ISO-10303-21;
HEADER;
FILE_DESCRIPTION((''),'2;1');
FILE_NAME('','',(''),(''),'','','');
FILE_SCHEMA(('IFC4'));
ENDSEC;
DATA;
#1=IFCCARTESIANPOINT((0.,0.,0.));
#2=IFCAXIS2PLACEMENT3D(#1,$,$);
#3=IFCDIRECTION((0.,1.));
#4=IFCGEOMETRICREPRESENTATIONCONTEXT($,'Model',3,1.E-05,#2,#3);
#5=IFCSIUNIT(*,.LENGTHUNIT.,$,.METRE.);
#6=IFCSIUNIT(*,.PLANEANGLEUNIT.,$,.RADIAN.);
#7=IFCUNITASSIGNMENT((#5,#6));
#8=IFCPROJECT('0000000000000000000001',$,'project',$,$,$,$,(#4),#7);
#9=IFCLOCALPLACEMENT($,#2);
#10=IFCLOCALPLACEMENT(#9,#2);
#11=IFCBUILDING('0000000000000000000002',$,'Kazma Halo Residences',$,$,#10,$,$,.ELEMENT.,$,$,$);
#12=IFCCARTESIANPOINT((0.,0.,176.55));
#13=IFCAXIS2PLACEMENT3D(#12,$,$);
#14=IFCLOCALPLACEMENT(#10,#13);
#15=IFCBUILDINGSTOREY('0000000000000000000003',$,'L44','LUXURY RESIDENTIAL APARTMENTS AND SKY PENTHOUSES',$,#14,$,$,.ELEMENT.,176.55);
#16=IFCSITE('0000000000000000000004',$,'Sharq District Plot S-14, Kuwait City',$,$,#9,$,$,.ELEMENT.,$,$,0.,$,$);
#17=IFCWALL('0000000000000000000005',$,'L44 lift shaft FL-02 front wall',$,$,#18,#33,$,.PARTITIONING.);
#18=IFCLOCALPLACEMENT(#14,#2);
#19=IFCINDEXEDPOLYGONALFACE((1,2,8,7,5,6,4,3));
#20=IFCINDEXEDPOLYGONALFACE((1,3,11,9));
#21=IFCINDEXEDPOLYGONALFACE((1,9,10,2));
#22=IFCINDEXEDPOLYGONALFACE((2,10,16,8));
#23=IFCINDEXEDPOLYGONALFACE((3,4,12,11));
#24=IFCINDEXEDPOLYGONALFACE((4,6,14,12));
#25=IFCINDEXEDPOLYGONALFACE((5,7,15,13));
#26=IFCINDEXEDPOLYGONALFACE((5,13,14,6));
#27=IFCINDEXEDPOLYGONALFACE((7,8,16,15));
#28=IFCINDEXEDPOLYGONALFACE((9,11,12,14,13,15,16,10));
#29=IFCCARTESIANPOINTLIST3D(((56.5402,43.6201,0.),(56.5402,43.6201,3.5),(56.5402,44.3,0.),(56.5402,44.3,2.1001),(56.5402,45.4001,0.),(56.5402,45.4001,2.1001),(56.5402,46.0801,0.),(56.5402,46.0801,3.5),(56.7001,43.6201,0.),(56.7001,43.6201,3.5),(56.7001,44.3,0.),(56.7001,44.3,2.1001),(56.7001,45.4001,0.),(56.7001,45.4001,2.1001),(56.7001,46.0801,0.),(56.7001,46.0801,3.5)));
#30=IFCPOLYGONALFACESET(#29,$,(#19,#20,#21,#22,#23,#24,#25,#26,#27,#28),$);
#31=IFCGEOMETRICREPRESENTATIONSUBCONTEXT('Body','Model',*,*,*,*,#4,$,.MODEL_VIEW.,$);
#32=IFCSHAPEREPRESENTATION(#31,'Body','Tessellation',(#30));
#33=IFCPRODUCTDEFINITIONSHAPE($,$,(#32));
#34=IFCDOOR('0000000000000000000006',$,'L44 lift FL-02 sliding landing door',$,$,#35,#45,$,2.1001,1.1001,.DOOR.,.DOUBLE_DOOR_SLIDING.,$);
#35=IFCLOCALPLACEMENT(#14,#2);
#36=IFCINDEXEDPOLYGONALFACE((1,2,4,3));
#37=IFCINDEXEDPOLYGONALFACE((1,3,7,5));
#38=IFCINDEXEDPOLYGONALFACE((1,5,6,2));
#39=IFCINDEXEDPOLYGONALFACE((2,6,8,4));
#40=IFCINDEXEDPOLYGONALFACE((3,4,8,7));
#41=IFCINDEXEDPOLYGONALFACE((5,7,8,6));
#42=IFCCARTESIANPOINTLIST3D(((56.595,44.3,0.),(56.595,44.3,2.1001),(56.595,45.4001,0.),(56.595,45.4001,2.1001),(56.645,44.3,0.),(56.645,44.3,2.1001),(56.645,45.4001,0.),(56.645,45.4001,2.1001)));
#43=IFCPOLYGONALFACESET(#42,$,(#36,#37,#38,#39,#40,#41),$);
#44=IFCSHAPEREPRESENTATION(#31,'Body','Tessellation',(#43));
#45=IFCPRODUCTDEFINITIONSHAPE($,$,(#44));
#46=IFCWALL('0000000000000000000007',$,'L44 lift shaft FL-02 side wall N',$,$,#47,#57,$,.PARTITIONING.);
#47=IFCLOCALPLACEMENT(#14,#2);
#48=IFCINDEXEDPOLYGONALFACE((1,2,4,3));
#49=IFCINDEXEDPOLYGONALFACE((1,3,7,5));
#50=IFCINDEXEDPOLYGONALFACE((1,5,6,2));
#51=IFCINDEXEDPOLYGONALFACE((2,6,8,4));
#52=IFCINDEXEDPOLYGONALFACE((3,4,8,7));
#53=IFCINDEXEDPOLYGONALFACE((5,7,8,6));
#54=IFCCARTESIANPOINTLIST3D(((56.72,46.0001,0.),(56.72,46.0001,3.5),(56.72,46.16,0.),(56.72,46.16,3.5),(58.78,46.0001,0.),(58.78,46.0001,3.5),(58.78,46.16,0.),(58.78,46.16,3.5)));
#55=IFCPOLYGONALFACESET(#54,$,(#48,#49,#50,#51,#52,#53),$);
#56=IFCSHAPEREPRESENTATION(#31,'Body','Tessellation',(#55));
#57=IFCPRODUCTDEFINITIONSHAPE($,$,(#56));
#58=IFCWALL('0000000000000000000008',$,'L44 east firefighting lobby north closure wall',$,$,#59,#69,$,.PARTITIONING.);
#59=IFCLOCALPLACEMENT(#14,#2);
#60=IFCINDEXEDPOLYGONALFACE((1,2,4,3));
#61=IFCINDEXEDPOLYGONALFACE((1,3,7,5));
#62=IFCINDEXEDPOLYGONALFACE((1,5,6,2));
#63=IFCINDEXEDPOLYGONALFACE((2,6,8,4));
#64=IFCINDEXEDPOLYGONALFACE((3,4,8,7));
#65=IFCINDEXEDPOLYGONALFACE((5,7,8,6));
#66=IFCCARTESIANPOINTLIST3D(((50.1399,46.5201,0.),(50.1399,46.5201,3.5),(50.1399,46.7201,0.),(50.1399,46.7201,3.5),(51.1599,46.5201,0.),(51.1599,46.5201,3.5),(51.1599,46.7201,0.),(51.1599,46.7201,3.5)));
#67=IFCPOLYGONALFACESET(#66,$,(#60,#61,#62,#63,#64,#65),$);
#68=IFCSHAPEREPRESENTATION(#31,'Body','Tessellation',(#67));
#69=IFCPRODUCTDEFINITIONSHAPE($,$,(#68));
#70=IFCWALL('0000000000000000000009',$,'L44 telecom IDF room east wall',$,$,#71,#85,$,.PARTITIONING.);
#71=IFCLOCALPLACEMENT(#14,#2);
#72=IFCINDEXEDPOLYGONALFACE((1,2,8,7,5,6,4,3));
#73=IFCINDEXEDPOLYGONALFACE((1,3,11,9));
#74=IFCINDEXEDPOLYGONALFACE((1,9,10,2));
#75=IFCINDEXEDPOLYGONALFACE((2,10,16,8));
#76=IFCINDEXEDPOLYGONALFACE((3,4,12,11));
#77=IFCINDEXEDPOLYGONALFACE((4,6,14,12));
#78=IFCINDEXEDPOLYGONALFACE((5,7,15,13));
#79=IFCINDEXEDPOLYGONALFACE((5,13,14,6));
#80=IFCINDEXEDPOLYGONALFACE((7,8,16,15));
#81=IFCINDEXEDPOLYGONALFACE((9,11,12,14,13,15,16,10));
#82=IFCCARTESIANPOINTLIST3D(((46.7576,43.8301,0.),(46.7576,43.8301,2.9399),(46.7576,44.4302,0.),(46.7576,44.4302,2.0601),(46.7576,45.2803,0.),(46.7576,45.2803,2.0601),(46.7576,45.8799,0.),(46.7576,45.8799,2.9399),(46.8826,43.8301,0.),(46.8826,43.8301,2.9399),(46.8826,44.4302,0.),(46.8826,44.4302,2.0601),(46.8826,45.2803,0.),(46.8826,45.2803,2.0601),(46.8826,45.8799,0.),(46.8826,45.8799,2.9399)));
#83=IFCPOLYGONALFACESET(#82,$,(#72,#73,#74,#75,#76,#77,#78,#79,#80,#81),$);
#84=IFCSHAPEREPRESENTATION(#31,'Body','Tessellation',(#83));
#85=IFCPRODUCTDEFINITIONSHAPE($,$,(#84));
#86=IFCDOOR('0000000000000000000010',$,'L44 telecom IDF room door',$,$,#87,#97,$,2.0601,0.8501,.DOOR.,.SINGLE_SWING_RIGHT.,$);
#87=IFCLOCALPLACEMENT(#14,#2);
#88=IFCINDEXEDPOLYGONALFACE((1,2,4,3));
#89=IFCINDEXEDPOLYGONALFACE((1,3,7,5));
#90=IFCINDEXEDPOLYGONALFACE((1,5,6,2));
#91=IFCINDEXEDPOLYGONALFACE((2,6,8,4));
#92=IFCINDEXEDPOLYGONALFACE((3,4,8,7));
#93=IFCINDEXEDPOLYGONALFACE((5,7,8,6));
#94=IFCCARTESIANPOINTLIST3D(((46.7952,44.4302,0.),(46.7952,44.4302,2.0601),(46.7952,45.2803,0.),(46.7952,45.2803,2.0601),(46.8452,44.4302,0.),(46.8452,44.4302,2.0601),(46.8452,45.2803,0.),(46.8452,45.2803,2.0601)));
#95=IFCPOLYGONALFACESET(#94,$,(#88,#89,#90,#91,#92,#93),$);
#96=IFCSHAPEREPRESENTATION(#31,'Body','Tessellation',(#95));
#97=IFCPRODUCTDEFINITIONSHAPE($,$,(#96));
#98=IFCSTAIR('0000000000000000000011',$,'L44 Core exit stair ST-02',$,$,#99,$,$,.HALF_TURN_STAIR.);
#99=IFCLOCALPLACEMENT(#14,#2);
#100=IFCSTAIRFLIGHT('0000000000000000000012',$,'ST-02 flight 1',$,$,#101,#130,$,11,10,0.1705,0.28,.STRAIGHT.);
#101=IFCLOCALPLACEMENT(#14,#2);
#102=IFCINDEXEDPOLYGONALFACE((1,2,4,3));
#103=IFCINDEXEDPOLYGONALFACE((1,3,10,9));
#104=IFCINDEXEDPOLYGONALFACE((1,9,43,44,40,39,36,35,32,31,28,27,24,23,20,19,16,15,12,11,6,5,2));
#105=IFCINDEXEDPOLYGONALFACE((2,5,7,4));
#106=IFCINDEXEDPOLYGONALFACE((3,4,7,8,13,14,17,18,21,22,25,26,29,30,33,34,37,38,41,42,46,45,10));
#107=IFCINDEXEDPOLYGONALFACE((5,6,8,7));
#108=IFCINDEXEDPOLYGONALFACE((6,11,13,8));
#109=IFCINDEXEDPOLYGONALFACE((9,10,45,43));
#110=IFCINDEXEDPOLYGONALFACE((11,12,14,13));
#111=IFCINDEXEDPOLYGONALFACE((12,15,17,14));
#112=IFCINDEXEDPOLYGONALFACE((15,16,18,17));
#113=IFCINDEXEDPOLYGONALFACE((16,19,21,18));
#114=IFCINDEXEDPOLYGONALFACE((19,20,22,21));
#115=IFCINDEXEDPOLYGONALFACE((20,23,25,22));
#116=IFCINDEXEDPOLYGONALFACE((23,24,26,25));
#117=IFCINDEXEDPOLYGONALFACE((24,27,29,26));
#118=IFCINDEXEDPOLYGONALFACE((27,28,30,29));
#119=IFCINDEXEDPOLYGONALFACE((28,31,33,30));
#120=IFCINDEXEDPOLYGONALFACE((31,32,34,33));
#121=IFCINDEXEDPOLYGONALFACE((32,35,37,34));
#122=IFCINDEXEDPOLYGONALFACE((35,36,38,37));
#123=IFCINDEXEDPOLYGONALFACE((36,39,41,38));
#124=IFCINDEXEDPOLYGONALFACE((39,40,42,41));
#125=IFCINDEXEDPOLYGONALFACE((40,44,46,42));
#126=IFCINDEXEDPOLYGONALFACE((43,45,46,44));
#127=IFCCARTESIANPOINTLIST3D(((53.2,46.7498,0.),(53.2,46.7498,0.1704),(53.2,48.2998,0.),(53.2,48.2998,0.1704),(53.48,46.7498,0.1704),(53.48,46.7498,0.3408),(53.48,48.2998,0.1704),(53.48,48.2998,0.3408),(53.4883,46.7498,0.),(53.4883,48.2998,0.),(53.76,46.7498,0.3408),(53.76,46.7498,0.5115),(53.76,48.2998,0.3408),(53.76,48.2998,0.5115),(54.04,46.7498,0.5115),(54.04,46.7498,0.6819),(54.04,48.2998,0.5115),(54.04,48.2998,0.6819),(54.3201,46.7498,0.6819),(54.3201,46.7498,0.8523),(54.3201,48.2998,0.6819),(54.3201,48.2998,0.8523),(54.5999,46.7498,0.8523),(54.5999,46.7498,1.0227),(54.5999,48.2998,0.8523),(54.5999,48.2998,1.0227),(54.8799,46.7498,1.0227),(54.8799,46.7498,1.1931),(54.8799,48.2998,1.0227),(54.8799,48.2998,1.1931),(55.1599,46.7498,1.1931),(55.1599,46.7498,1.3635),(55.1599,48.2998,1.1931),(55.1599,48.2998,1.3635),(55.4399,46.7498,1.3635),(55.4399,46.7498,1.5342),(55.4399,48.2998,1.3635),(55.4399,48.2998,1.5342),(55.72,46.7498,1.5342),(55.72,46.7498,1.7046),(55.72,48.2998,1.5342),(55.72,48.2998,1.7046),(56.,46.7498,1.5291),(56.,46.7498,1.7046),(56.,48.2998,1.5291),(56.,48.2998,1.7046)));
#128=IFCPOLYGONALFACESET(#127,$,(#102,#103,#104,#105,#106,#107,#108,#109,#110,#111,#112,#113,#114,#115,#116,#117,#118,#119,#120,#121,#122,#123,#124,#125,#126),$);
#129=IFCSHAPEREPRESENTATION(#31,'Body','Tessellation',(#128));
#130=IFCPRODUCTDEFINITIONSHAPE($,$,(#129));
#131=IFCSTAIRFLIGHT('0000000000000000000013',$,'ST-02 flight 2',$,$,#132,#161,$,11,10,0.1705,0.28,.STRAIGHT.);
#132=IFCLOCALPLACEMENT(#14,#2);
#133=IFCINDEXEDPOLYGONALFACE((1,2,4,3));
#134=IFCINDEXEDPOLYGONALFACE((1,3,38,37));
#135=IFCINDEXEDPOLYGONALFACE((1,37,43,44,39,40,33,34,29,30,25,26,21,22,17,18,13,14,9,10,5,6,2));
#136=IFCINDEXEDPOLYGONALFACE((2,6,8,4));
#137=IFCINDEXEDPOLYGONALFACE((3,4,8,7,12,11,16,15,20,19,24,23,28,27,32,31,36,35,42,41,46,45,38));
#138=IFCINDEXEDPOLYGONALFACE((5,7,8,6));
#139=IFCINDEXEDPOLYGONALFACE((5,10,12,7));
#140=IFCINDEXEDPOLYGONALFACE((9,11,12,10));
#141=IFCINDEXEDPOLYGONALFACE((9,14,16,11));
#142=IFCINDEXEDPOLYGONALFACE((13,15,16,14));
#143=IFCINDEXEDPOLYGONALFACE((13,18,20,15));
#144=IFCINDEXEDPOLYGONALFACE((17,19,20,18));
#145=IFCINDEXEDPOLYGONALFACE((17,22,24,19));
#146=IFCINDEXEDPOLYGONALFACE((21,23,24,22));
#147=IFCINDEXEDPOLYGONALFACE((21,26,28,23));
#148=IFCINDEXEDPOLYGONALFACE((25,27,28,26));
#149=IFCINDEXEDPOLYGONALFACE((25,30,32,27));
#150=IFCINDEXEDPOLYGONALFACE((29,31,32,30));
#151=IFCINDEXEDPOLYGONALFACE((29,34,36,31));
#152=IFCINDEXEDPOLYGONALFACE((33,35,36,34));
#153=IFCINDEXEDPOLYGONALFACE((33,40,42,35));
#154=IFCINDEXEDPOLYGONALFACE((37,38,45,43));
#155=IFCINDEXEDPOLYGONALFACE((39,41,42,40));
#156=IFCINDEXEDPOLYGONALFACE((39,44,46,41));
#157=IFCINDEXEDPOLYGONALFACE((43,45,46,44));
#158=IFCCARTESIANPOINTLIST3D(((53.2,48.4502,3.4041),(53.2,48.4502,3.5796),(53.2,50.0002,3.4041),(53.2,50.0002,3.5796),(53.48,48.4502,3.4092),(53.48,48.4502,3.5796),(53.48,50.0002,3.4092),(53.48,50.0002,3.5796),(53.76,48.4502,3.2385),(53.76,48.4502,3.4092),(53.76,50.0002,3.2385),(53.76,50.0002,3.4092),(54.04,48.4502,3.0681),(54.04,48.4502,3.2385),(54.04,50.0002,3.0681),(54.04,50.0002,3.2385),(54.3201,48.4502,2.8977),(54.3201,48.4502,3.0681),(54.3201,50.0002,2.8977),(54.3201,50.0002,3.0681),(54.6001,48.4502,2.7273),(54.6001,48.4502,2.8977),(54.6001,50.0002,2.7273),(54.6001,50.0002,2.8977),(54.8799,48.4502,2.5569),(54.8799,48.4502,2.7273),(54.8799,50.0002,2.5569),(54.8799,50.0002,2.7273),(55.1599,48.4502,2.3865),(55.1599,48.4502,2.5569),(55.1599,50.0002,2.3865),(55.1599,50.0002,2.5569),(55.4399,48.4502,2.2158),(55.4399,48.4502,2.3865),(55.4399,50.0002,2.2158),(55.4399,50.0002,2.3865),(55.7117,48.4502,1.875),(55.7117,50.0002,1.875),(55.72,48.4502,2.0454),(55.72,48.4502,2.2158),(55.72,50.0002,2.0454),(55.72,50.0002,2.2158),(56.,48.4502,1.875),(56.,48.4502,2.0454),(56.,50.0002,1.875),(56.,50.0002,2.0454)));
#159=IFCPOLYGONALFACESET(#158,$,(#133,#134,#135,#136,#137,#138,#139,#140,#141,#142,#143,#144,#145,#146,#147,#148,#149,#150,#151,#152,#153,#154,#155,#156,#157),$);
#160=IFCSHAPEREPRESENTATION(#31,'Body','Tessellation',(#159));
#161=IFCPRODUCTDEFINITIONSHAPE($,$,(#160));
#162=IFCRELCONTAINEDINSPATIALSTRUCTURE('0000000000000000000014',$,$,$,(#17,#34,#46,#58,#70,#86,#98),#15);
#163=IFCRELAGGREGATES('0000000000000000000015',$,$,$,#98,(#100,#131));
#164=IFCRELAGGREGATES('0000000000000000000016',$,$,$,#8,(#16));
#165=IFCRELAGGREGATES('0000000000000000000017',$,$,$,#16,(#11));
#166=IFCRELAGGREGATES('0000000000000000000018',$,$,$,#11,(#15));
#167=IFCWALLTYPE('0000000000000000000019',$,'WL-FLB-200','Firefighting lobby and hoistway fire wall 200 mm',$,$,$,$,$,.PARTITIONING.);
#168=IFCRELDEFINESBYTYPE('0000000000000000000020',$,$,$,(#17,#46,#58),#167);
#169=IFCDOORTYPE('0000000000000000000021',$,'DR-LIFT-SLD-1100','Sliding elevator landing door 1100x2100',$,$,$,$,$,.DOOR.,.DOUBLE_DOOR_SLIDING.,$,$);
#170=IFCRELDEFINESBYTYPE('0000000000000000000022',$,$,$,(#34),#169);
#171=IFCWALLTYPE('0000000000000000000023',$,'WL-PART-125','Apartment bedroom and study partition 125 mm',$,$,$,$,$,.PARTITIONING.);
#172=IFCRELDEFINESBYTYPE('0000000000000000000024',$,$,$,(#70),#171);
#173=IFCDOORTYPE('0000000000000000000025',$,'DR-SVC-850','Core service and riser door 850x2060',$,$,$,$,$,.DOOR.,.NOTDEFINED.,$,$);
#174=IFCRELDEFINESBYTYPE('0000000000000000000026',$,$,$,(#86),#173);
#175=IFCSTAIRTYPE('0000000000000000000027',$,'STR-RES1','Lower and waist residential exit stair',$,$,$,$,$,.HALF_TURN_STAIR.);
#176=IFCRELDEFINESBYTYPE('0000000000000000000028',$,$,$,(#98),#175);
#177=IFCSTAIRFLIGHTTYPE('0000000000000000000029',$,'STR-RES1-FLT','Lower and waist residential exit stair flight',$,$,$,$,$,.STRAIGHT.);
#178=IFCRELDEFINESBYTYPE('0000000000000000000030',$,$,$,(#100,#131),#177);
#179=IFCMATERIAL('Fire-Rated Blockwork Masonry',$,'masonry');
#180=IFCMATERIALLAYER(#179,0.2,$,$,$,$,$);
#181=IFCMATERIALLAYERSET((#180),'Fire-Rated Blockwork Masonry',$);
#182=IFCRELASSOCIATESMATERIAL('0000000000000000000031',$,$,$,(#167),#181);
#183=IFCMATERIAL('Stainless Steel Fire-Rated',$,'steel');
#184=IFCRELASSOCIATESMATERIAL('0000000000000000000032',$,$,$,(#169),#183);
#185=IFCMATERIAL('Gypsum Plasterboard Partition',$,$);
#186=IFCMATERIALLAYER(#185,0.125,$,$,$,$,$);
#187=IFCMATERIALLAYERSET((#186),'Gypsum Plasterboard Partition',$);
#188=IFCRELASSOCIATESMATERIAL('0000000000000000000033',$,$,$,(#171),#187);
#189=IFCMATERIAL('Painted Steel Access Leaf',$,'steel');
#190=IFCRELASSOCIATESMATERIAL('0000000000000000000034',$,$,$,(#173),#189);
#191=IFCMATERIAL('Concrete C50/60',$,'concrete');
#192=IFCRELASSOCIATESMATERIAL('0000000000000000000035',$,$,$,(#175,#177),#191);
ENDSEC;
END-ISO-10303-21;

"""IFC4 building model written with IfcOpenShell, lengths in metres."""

from ifc_helpers import new_model, si_unit, direction, frame, frame_2d, origin, place, context, subcontext, project, spatial, polyline, rectangle, outline, extrude, material, layer, layer_set, type_object, element, fill, aggregate, save


model = new_model("IFC4")

# Units and contexts
model_context = context("Model", 3, precision=1e-05, world=origin(), true_north=direction((0.0, 1.0)))
body_context = subcontext(model_context, "Body", "Model", "MODEL_VIEW")
ifc_project = project(units=[si_unit("LENGTHUNIT", "METRE"), si_unit("PLANEANGLEUNIT", "RADIAN")], contexts=[model_context])

# Site, building, storey
site_placement = place(None, origin())
site = spatial("IfcSite", under=ifc_project, at=site_placement, Name="Sharq District Plot S-14, Kuwait City", CompositionType="ELEMENT", RefElevation=0.0)
building_placement = place(site_placement, origin())
building = spatial("IfcBuilding", under=site, at=building_placement, Name="Kazma Halo Residences", CompositionType="ELEMENT")
storey_placement = place(building_placement, frame((0.0, 0.0, 176.55)))
storey = spatial("IfcBuildingStorey", under=building, at=storey_placement, Name="L44", Description="LUXURY RESIDENTIAL APARTMENTS AND SKY PENTHOUSES", CompositionType="ELEMENT", Elevation=176.55)

# Wall, opening, door
ifc_material_1 = material(Name="Fire-Rated Blockwork Masonry", Category="masonry")
ifc_layer_1 = layer(ifc_material_1, 0.2)
ifc_layer_set_1 = layer_set([ifc_layer_1], Name="Fire-Rated Blockwork Masonry")
wall_type_1 = type_object("IfcWallType", Name="WL-FLB-200", Description="Firefighting lobby and hoistway fire wall 200 mm", PredefinedType="PARTITIONING", material=ifc_layer_set_1)
wall_1_placement = place(storey_placement, frame((56.6201, 46.0801, 0.0), z_axis=(0.0, 0.0, 1.0), x_axis=(0.0, -1.0, 0.0)))
wall_1 = element("IfcWall", 1, at=wall_1_placement, inside=storey, type_object=wall_type_1, Name="L44 lift shaft FL-02 front wall", PredefinedType="PARTITIONING", context=body_context, shape_type="SweptSolid", body=[
    extrude(rectangle(XDim=2.46, YDim=0.1599, at=frame_2d((1.23, 0.0))), origin(), (0.0, 0.0, 1.0), 3.5),
])
opening_1_placement = place(wall_1_placement, frame((0.6799, 0.0, 0.0)))
opening_1 = element("IfcOpeningElement", 2, at=opening_1_placement, cuts=wall_1, PredefinedType="OPENING", context=body_context, shape_type="SweptSolid", body=[
    extrude(rectangle(XDim=1.1001, YDim=2.1001, at=frame_2d((0.55, 1.05))), frame((0.0, 0.0898, 0.0), z_axis=(0.0, -1.0, 0.0), x_axis=(1.0, 0.0, 0.0)), (0.0, 0.0, 1.0), 0.1799),
])
ifc_material_2 = material(Name="Stainless Steel Fire-Rated", Category="steel")
door_type_1 = type_object("IfcDoorType", Name="DR-LIFT-SLD-1100", Description="Sliding elevator landing door 1100x2100", OperationType="DOUBLE_DOOR_SLIDING", PredefinedType="DOOR", material=ifc_material_2)
door_1_placement = place(opening_1_placement, origin())
door_1 = element("IfcDoor", 3, at=door_1_placement, inside=storey, type_object=door_type_1, Name="L44 lift FL-02 sliding landing door", OperationType="DOUBLE_DOOR_SLIDING", OverallHeight=2.1001, OverallWidth=1.1001, PredefinedType="DOOR", context=body_context, shape_type="SweptSolid", body=[
    extrude(rectangle(XDim=1.1001, YDim=2.1001, at=frame_2d((0.55, 1.05))), frame((0.0, 0.0249, 0.0), z_axis=(0.0, -1.0, 0.0), x_axis=(1.0, 0.0, 0.0)), (0.0, 0.0, 1.0), 0.05),
])
fill(opening_1, door_1)

# Walls
wall_2_placement = place(storey_placement, frame((56.72, 46.0801, 0.0), z_axis=(0.0, 0.0, 1.0), x_axis=(1.0, 0.0, 0.0)))
element("IfcWall", 4, at=wall_2_placement, inside=storey, type_object=wall_type_1, Name="L44 lift shaft FL-02 side wall N", PredefinedType="PARTITIONING", context=body_context, shape_type="SweptSolid", body=[
    extrude(rectangle(XDim=2.0601, YDim=0.1599, at=frame_2d((1.03, 0.0))), origin(), (0.0, 0.0, 1.0), 3.5),
])
wall_3_placement = place(storey_placement, frame((50.1399, 46.6201, 0.0), z_axis=(0.0, 0.0, 1.0), x_axis=(1.0, 0.0, 0.0)))
element("IfcWall", 5, at=wall_3_placement, inside=storey, type_object=wall_type_1, Name="L44 east firefighting lobby north closure wall", PredefinedType="PARTITIONING", context=body_context, shape_type="SweptSolid", body=[
    extrude(rectangle(XDim=1.02, YDim=0.2, at=frame_2d((0.51, 0.0))), origin(), (0.0, 0.0, 1.0), 3.5),
])

# Wall, opening, door
ifc_material_3 = material(Name="Gypsum Plasterboard Partition")
ifc_layer_2 = layer(ifc_material_3, 0.125)
ifc_layer_set_2 = layer_set([ifc_layer_2], Name="Gypsum Plasterboard Partition")
wall_type_2 = type_object("IfcWallType", Name="WL-PART-125", Description="Apartment bedroom and study partition 125 mm", PredefinedType="PARTITIONING", material=ifc_layer_set_2)
wall_4_placement = place(storey_placement, frame((46.8201, 43.8301, 0.0), z_axis=(0.0, 0.0, 1.0), x_axis=(0.0, 1.0, 0.0)))
wall_4 = element("IfcWall", 6, at=wall_4_placement, inside=storey, type_object=wall_type_2, Name="L44 telecom IDF room east wall", PredefinedType="PARTITIONING", context=body_context, shape_type="SweptSolid", body=[
    extrude(rectangle(XDim=2.0498, YDim=0.125, at=frame_2d((1.0249, 0.0))), origin(), (0.0, 0.0, 1.0), 2.9399),
])
opening_2_placement = place(wall_4_placement, frame((0.6001, 0.0, 0.0)))
opening_2 = element("IfcOpeningElement", 7, at=opening_2_placement, cuts=wall_4, PredefinedType="OPENING", context=body_context, shape_type="SweptSolid", body=[
    extrude(rectangle(XDim=0.8501, YDim=2.0601, at=frame_2d((0.425, 1.03))), frame((0.0, 0.0725, 0.0), z_axis=(0.0, -1.0, 0.0), x_axis=(1.0, 0.0, 0.0)), (0.0, 0.0, 1.0), 0.145),
])
ifc_material_4 = material(Name="Painted Steel Access Leaf", Category="steel")
door_type_2 = type_object("IfcDoorType", Name="DR-SVC-850", Description="Core service and riser door 850x2060", OperationType="NOTDEFINED", PredefinedType="DOOR", material=ifc_material_4)
door_2_placement = place(opening_2_placement, origin())
door_2 = element("IfcDoor", 8, at=door_2_placement, inside=storey, type_object=door_type_2, Name="L44 telecom IDF room door", OperationType="SINGLE_SWING_RIGHT", OverallHeight=2.0601, OverallWidth=0.8501, PredefinedType="DOOR", context=body_context, shape_type="SweptSolid", body=[
    extrude(rectangle(XDim=0.8501, YDim=2.0601, at=frame_2d((0.425, 1.03))), frame((0.0, 0.0249, 0.0), z_axis=(0.0, -1.0, 0.0), x_axis=(1.0, 0.0, 0.0)), (0.0, 0.0, 1.0), 0.05),
])
fill(opening_2, door_2)
ifc_material_5 = material(Name="Concrete C50/60", Category="concrete")

# Stair, stair flights
stair_type = type_object("IfcStairType", Name="STR-RES1", Description="Lower and waist residential exit stair", PredefinedType="HALF_TURN_STAIR", material=ifc_material_5)
stair_placement = place(storey_placement, origin())
stair = element("IfcStair", 9, at=stair_placement, inside=storey, type_object=stair_type, Name="L44 Core exit stair ST-02", PredefinedType="HALF_TURN_STAIR")
stair_flight_type = type_object("IfcStairFlightType", Name="STR-RES1-FLT", Description="Lower and waist residential exit stair flight", PredefinedType="STRAIGHT", material=ifc_material_5)
stair_flight_1_placement = place(storey_placement, frame((53.2, 47.5249, 0.0), z_axis=(0.0, 0.0, 1.0), x_axis=(1.0, 0.0, 0.0)))
stair_flight_1 = element("IfcStairFlight", 10, at=stair_flight_1_placement, type_object=stair_flight_type, Name="ST-02 flight 1", NumberOfRisers=11, NumberOfTreads=10, PredefinedType="STRAIGHT", RiserHeight=0.1705, TreadLength=0.28, context=body_context, shape_type="SweptSolid", body=[
    extrude(outline(polyline([(0.0, 0.0), (0.0, 0.1704), (0.28, 0.1704), (0.28, 0.3408), (0.5601, 0.3408), (0.5601, 0.5115), (0.8401, 0.5115), (0.8401, 0.6819), (1.1201, 0.6819), (1.1201, 0.8523), (1.3999, 0.8523), (1.3999, 1.0227), (1.6799, 1.0227), (1.6799, 1.1931), (1.96, 1.1931), (1.96, 1.3635), (2.24, 1.3635), (2.24, 1.5342), (2.52, 1.5342), (2.52, 1.7046), (2.8, 1.7046), (2.8, 1.875), (2.8, 1.5291), (0.2883, 0.0), (0.0, 0.0)])), frame((0.0, 0.7749, 0.0), z_axis=(0.0, -1.0, 0.0), x_axis=(1.0, 0.0, 0.0)), (0.0, 0.0, 1.0), 1.55),
])
stair_flight_2_placement = place(storey_placement, frame((56.0, 49.2251, 1.875), z_axis=(0.0, 0.0, 1.0), x_axis=(-1.0, 0.0, 0.0)))
stair_flight_2 = element("IfcStairFlight", 11, at=stair_flight_2_placement, type_object=stair_flight_type, Name="ST-02 flight 2", NumberOfRisers=11, NumberOfTreads=10, PredefinedType="STRAIGHT", RiserHeight=0.1705, TreadLength=0.28, context=body_context, shape_type="SweptSolid", body=[
    extrude(outline(polyline([(0.0, 0.0), (0.0, 0.1704), (0.28, 0.1704), (0.28, 0.3408), (0.5601, 0.3408), (0.5601, 0.5115), (0.8401, 0.5115), (0.8401, 0.6819), (1.1201, 0.6819), (1.1201, 0.8523), (1.3999, 0.8523), (1.3999, 1.0227), (1.6799, 1.0227), (1.6799, 1.1931), (1.96, 1.1931), (1.96, 1.3635), (2.24, 1.3635), (2.24, 1.5342), (2.52, 1.5342), (2.52, 1.7046), (2.8, 1.7046), (2.8, 1.875), (2.8, 1.5291), (0.2883, 0.0), (0.0, 0.0)])), frame((0.0, 0.7749, 0.0), z_axis=(0.0, -1.0, 0.0), x_axis=(1.0, 0.0, 0.0)), (0.0, 0.0, 1.0), 1.55),
])
aggregate(stair, [stair_flight_1, stair_flight_2])

save(model, "model.ifc")
